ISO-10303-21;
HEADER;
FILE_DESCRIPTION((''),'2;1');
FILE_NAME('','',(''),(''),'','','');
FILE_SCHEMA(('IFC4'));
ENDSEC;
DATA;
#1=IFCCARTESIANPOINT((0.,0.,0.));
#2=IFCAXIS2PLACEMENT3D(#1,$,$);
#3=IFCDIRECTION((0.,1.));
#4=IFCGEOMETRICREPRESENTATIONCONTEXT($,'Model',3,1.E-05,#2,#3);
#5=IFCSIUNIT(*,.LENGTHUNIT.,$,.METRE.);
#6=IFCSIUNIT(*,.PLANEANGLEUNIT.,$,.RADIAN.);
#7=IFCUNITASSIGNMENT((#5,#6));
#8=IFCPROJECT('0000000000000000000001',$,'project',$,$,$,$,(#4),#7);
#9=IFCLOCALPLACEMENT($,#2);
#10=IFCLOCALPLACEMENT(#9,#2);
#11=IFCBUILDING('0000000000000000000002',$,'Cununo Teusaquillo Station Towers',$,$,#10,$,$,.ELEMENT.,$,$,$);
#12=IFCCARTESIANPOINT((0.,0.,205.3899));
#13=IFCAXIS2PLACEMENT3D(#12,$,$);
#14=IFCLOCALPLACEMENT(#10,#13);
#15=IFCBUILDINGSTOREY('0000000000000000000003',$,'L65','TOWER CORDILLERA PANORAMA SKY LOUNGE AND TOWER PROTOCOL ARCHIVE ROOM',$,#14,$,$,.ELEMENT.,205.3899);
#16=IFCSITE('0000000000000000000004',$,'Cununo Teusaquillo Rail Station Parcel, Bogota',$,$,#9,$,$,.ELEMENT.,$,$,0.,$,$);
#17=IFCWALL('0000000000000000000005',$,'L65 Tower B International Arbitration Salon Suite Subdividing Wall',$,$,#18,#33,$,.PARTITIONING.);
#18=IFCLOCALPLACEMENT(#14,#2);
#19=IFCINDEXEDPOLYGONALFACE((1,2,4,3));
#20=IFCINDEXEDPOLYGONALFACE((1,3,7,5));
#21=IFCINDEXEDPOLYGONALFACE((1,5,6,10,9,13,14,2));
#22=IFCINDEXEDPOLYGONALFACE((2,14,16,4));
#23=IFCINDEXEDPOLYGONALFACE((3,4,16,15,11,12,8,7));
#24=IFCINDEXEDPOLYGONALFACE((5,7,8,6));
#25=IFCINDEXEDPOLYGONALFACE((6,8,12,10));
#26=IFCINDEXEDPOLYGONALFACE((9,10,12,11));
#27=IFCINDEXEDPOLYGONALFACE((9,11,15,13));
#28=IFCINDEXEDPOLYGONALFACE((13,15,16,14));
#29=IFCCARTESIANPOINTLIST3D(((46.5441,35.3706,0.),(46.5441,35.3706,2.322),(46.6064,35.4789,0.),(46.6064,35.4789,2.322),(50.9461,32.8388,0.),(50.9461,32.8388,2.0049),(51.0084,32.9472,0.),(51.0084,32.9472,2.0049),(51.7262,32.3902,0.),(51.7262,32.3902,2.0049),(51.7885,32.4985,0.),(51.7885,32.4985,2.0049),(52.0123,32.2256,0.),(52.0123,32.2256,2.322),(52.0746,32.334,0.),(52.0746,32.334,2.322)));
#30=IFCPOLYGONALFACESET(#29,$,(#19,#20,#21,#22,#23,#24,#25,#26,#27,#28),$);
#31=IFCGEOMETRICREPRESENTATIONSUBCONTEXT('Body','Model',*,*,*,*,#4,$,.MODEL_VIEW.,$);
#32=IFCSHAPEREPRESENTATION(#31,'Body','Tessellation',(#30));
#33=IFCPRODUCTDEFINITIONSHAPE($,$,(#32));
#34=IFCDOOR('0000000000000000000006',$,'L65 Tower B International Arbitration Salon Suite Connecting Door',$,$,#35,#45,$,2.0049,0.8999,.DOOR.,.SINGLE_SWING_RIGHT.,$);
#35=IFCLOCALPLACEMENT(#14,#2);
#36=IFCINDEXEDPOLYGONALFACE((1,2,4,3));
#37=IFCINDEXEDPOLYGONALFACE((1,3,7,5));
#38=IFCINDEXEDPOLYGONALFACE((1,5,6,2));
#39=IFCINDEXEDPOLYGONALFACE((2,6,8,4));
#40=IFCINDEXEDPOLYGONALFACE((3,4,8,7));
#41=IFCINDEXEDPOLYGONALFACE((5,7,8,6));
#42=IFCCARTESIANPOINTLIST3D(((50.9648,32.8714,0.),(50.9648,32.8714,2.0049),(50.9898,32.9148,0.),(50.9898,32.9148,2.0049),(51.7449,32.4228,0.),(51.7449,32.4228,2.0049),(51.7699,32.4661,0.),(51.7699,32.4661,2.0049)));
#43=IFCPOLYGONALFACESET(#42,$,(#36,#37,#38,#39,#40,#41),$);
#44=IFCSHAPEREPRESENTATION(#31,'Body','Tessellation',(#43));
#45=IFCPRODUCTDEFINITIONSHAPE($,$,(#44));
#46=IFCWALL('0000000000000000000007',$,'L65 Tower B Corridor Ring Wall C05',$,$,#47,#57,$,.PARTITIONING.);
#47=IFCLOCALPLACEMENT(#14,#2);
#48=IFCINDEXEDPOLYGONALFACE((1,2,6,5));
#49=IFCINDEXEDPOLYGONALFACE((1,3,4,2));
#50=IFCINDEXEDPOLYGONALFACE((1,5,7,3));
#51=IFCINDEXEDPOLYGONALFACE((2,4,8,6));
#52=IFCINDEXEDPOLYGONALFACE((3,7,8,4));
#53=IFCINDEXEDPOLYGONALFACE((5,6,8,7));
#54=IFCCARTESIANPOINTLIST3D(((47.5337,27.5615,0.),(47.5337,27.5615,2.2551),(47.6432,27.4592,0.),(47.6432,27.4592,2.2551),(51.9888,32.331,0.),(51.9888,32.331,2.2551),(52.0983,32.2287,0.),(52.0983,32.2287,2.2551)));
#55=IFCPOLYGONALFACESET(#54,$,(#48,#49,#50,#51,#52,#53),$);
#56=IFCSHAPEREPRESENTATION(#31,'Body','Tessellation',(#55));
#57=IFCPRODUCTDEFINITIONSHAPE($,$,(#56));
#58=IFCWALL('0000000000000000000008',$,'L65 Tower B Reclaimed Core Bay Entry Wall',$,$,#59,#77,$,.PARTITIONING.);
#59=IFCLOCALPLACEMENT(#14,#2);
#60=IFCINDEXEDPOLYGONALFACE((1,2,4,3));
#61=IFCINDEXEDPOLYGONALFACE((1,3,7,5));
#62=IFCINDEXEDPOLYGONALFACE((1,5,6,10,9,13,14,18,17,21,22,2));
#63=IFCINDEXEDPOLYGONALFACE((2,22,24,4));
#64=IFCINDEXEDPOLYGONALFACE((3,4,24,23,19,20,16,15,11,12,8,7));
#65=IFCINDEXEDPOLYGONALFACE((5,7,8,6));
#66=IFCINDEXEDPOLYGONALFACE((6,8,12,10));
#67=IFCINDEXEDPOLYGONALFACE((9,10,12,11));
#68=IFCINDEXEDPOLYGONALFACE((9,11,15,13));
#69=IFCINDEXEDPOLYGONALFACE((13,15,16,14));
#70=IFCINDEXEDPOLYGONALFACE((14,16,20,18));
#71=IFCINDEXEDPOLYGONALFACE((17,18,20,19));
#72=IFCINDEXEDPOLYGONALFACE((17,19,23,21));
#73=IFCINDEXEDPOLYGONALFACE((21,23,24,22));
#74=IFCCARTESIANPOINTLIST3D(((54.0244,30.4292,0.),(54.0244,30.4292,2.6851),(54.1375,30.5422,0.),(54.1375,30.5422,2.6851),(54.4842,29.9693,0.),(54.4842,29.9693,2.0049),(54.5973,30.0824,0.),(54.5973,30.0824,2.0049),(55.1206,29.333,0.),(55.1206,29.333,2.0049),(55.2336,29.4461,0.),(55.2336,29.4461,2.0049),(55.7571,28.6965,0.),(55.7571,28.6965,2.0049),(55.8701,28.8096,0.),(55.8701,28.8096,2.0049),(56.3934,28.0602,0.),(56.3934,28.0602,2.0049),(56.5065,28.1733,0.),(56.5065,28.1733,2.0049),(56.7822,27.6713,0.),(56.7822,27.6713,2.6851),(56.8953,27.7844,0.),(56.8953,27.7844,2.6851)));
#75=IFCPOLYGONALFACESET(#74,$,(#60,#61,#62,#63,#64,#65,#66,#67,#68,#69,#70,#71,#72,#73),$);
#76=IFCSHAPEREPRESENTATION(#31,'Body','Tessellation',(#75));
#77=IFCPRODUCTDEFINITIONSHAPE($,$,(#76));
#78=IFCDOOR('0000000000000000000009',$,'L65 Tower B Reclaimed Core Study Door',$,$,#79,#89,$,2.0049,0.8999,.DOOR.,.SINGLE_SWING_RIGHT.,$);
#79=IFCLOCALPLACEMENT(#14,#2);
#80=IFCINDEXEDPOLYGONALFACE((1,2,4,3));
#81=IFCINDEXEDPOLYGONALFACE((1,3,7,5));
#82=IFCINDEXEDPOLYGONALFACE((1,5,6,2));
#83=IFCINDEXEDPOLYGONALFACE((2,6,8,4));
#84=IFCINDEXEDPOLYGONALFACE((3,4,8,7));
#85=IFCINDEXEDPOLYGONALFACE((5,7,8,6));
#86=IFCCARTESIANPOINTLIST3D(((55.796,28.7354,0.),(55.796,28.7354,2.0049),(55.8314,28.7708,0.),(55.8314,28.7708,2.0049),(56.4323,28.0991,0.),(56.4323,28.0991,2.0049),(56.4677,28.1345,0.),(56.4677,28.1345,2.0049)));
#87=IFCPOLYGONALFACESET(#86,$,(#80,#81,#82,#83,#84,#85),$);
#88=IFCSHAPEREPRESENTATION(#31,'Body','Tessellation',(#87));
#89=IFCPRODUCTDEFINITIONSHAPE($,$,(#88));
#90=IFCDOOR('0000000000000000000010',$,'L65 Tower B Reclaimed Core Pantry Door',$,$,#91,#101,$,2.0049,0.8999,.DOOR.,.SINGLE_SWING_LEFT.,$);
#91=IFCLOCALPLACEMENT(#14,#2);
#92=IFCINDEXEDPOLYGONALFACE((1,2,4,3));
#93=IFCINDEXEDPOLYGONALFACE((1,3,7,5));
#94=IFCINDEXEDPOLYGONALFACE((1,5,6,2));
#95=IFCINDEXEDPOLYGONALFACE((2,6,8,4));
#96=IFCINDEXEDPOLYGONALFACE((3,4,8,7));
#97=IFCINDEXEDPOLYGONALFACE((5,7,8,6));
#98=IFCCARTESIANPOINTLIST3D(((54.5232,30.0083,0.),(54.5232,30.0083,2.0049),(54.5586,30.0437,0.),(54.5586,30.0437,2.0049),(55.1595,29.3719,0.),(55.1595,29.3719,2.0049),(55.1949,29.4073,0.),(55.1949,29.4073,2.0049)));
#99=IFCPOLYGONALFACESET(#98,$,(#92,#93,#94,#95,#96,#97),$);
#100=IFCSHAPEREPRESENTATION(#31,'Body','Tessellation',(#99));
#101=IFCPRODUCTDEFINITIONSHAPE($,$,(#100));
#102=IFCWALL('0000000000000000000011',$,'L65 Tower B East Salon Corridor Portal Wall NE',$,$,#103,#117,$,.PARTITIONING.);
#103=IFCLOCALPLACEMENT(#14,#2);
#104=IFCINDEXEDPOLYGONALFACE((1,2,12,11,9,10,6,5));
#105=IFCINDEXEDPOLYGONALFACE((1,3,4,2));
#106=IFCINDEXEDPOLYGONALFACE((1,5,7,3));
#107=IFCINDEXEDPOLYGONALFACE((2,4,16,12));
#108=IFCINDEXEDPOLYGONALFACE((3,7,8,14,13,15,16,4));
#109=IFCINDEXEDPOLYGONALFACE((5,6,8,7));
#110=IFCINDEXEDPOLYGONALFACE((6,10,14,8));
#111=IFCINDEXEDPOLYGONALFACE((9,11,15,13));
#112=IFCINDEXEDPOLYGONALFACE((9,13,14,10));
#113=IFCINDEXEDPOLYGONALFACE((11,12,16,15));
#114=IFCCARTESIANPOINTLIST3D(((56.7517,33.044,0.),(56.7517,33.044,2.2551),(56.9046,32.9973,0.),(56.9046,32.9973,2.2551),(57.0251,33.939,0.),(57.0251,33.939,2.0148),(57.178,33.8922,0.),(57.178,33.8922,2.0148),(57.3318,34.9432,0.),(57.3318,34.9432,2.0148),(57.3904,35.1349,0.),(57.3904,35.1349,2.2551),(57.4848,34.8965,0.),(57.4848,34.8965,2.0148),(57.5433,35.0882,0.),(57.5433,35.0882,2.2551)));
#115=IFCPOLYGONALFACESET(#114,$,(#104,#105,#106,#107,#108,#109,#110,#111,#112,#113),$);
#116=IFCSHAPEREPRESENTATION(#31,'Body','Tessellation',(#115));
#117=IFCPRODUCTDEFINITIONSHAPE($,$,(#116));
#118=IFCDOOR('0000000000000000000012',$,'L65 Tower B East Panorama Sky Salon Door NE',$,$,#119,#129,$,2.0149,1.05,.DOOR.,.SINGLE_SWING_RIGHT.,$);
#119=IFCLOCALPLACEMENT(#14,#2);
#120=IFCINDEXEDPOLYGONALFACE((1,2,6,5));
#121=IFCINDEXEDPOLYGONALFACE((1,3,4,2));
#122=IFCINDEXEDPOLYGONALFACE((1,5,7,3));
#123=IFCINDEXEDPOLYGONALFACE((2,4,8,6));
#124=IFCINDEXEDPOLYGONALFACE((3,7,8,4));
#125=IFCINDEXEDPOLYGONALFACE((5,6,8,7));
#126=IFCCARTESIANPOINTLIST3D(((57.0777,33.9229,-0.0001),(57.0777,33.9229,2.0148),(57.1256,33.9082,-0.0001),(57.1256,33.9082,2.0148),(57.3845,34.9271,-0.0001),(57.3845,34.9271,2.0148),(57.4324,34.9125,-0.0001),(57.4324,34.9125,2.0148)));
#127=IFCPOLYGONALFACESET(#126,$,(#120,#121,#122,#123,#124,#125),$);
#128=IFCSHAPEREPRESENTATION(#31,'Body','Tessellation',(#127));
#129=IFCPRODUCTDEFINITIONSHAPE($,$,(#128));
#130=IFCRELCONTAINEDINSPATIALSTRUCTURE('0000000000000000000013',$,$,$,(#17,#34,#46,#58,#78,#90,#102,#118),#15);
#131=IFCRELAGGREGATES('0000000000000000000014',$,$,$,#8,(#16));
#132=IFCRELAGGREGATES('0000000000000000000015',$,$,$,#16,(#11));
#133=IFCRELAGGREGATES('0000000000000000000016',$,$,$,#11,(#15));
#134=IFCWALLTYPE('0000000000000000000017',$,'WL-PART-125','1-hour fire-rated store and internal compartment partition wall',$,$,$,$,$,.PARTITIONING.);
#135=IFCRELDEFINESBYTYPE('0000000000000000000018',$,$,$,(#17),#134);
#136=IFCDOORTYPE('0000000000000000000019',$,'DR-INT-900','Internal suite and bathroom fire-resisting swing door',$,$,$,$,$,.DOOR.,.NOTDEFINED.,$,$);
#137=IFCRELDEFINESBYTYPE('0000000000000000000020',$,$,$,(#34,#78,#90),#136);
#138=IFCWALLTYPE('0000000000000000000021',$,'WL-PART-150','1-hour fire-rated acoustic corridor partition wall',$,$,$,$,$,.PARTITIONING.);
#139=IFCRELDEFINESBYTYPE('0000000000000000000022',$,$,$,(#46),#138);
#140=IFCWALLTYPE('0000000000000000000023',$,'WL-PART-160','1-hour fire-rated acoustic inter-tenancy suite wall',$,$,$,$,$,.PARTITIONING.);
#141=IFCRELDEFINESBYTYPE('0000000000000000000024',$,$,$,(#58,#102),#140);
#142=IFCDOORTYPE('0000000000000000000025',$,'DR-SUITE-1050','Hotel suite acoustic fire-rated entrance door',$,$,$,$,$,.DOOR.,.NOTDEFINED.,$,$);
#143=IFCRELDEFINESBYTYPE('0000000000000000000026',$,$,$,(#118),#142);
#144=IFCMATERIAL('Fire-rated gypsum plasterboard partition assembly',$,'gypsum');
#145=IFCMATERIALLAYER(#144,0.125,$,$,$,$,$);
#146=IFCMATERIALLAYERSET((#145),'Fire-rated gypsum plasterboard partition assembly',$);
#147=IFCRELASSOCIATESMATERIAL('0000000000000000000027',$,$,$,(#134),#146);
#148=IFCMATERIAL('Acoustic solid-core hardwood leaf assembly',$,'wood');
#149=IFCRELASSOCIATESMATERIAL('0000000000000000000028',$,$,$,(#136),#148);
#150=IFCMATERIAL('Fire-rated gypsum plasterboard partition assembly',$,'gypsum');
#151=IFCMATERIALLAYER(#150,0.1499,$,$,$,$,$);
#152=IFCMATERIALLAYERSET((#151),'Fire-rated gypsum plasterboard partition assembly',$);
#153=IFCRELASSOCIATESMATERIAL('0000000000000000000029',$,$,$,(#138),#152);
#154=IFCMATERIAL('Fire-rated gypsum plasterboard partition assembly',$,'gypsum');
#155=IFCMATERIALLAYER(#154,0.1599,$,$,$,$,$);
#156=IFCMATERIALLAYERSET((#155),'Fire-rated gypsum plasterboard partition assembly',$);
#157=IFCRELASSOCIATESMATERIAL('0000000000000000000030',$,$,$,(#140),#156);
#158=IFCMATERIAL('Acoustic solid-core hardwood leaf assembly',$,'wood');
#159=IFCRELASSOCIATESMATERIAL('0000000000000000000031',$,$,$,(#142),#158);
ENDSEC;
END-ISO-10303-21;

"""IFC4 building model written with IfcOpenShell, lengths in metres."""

from ifc_helpers import new_model, si_unit, direction, frame, frame_2d, origin, place, context, subcontext, project, spatial, rectangle, extrude, source, transform, mapped, material, layer, layer_set, type_object, element, fill, save


model = new_model("IFC4")

# Units and contexts
model_context = context("Model", 3, precision=1e-05, world=origin(), true_north=direction((0.0, 1.0)))
body_context = subcontext(model_context, "Body", "Model", "MODEL_VIEW")
ifc_project = project(units=[si_unit("LENGTHUNIT", "METRE"), si_unit("PLANEANGLEUNIT", "RADIAN")], contexts=[model_context])

# Site, building, storey
site_placement = place(None, origin())
site = spatial("IfcSite", under=ifc_project, at=site_placement, Name="Cununo Teusaquillo Rail Station Parcel, Bogota", CompositionType="ELEMENT", RefElevation=0.0)
building_placement = place(site_placement, origin())
building = spatial("IfcBuilding", under=site, at=building_placement, Name="Cununo Teusaquillo Station Towers", CompositionType="ELEMENT")
storey_placement = place(building_placement, frame((0.0, 0.0, 205.3899)))
storey = spatial("IfcBuildingStorey", under=building, at=storey_placement, Name="L65", Description="TOWER CORDILLERA PANORAMA SKY LOUNGE AND TOWER PROTOCOL ARCHIVE ROOM", CompositionType="ELEMENT", Elevation=205.3899)

# Shared definitions
ifc_material_1 = material(Name="Fire-rated gypsum plasterboard partition assembly", Category="gypsum")
ifc_layer_1 = layer(ifc_material_1, 0.125)
ifc_layer_set_1 = layer_set([ifc_layer_1], Name="Fire-rated gypsum plasterboard partition assembly")
wall_type_1 = type_object("IfcWallType", Name="WL-PART-125", Description="1-hour fire-rated store and internal compartment partition wall", PredefinedType="PARTITIONING", material=ifc_layer_set_1)
shared_shape_1 = source(origin(), body_context, "Body", "SweptSolid", [
    extrude(rectangle(XDim=0.8999, YDim=2.0049, at=frame_2d((0.45, 1.0024))), frame((0.0, 0.0725, 0.0), z_axis=(0.0, -1.0, 0.0), x_axis=(1.0, 0.0, 0.0)), (0.0, 0.0, 1.0), 0.145),
])
shared_shape_2 = source(origin(), body_context, "Body", "SweptSolid", [
    extrude(rectangle(XDim=0.8999, YDim=2.0049, at=frame_2d((0.45, 1.0024))), frame((0.0, 0.0249, 0.0), z_axis=(0.0, -1.0, 0.0), x_axis=(1.0, 0.0, 0.0)), (0.0, 0.0, 1.0), 0.05),
])

# Wall, opening, door
wall_1_placement = place(storey_placement, frame((52.0435, 32.2798, 0.0), z_axis=(0.0, 0.0, 1.0), x_axis=(-0.866854, 0.498563, 0.0)))
wall_1 = element("IfcWall", 1, at=wall_1_placement, inside=storey, type_object=wall_type_1, Name="L65 Tower B International Arbitration Salon Suite Subdividing Wall", PredefinedType="PARTITIONING", context=body_context, shape_type="SweptSolid", body=[
    extrude(rectangle(XDim=6.3081, YDim=0.125, at=frame_2d((3.1541, 0.0))), origin(), (0.0, 0.0, 1.0), 2.322),
])
opening_1_placement = place(wall_1_placement, frame((0.3301, 0.0, 0.0)))
opening_1 = element("IfcOpeningElement", 2, at=opening_1_placement, cuts=wall_1, PredefinedType="OPENING", context=body_context, shape_type="MappedRepresentation", body=[
    mapped(shared_shape_1, transform((0.0, 0.0, 0.0), x_axis=(1.0, 0.0, 0.0), y_axis=(0.0, 1.0, 0.0), z_axis=(0.0, 0.0, 1.0), scale=1.0)),
])
ifc_material_2 = material(Name="Acoustic solid-core hardwood leaf assembly", Category="wood")
door_type_1 = type_object("IfcDoorType", Name="DR-INT-900", Description="Internal suite and bathroom fire-resisting swing door", OperationType="NOTDEFINED", PredefinedType="DOOR", material=ifc_material_2)
door_1_placement = place(opening_1_placement, origin())
door_1 = element("IfcDoor", 3, at=door_1_placement, inside=storey, type_object=door_type_1, Name="L65 Tower B International Arbitration Salon Suite Connecting Door", OperationType="SINGLE_SWING_RIGHT", OverallHeight=2.0049, OverallWidth=0.8999, PredefinedType="DOOR", context=body_context, shape_type="MappedRepresentation", body=[
    mapped(shared_shape_2, transform((0.0, 0.0, 0.0), x_axis=(1.0, 0.0, 0.0), y_axis=(0.0, 1.0, 0.0), z_axis=(0.0, 0.0, 1.0), scale=1.0)),
])
fill(opening_1, door_1)

# Wall
ifc_material_3 = material(Name="Fire-rated gypsum plasterboard partition assembly", Category="gypsum")
ifc_layer_2 = layer(ifc_material_3, 0.1499)
ifc_layer_set_2 = layer_set([ifc_layer_2], Name="Fire-rated gypsum plasterboard partition assembly")
wall_type_2 = type_object("IfcWallType", Name="WL-PART-150", Description="1-hour fire-rated acoustic corridor partition wall", PredefinedType="PARTITIONING", material=ifc_layer_set_2)
wall_2_placement = place(storey_placement, frame((52.0435, 32.2798, 0.0), z_axis=(0.0, 0.0, 1.0), x_axis=(-0.682606, -0.730787, 0.0)))
element("IfcWall", 4, at=wall_2_placement, inside=storey, type_object=wall_type_2, Name="L65 Tower B Corridor Ring Wall C05", PredefinedType="PARTITIONING", context=body_context, shape_type="SweptSolid", body=[
    extrude(rectangle(XDim=6.5266, YDim=0.1499, at=frame_2d((3.2632, 0.0))), origin(), (0.0, 0.0, 1.0), 2.2551),
])

# Wall, openings, doors
ifc_material_4 = material(Name="Fire-rated gypsum plasterboard partition assembly", Category="gypsum")
ifc_layer_3 = layer(ifc_material_4, 0.1599)
ifc_layer_set_3 = layer_set([ifc_layer_3], Name="Fire-rated gypsum plasterboard partition assembly")
wall_type_3 = type_object("IfcWallType", Name="WL-PART-160", Description="1-hour fire-rated acoustic inter-tenancy suite wall", PredefinedType="PARTITIONING", material=ifc_layer_set_3)
wall_3_placement = place(storey_placement, frame((56.8389, 27.7278, 0.0), z_axis=(0.0, 0.0, 1.0), x_axis=(-0.707107, 0.707107, 0.0)))
wall_3 = element("IfcWall", 5, at=wall_3_placement, inside=storey, type_object=wall_type_3, Name="L65 Tower B Reclaimed Core Bay Entry Wall", PredefinedType="PARTITIONING", context=body_context, shape_type="SweptSolid", body=[
    extrude(rectangle(XDim=3.9001, YDim=0.1599, at=frame_2d((1.9502, 0.0))), origin(), (0.0, 0.0, 1.0), 2.6851),
])
shared_shape_3 = source(origin(), body_context, "Body", "SweptSolid", [
    extrude(rectangle(XDim=0.8999, YDim=2.0049, at=frame_2d((0.45, 1.0024))), frame((0.0, 0.0898, 0.0), z_axis=(0.0, -1.0, 0.0), x_axis=(1.0, 0.0, 0.0)), (0.0, 0.0, 1.0), 0.1799),
])
opening_2_placement = place(wall_3_placement, frame((0.55, 0.0, 0.0)))
opening_2 = element("IfcOpeningElement", 6, at=opening_2_placement, cuts=wall_3, PredefinedType="OPENING", context=body_context, shape_type="MappedRepresentation", body=[
    mapped(shared_shape_3, transform((0.0, 0.0, 0.0), x_axis=(1.0, 0.0, 0.0), y_axis=(0.0, 1.0, 0.0), z_axis=(0.0, 0.0, 1.0), scale=1.0)),
])
opening_3_placement = place(wall_3_placement, frame((2.3501, 0.0, 0.0)))
opening_3 = element("IfcOpeningElement", 7, at=opening_3_placement, cuts=wall_3, PredefinedType="OPENING", context=body_context, shape_type="MappedRepresentation", body=[
    mapped(shared_shape_3, transform((0.0, 0.0, 0.0), x_axis=(1.0, 0.0, 0.0), y_axis=(0.0, 1.0, 0.0), z_axis=(0.0, 0.0, 1.0), scale=1.0)),
])
door_2_placement = place(opening_2_placement, origin())
door_2 = element("IfcDoor", 8, at=door_2_placement, inside=storey, type_object=door_type_1, Name="L65 Tower B Reclaimed Core Study Door", OperationType="SINGLE_SWING_RIGHT", OverallHeight=2.0049, OverallWidth=0.8999, PredefinedType="DOOR", context=body_context, shape_type="MappedRepresentation", body=[
    mapped(shared_shape_2, transform((0.0, 0.0, 0.0), x_axis=(1.0, 0.0, 0.0), y_axis=(0.0, 1.0, 0.0), z_axis=(0.0, 0.0, 1.0), scale=1.0)),
])
fill(opening_2, door_2)
door_3_placement = place(opening_3_placement, origin())
door_3 = element("IfcDoor", 9, at=door_3_placement, inside=storey, type_object=door_type_1, Name="L65 Tower B Reclaimed Core Pantry Door", OperationType="SINGLE_SWING_LEFT", OverallHeight=2.0049, OverallWidth=0.8999, PredefinedType="DOOR", context=body_context, shape_type="MappedRepresentation", body=[
    mapped(shared_shape_2, transform((0.0, 0.0, 0.0), x_axis=(1.0, 0.0, 0.0), y_axis=(0.0, 1.0, 0.0), z_axis=(0.0, 0.0, 1.0), scale=1.0)),
])
fill(opening_3, door_3)

# Wall, opening, door
wall_4_placement = place(storey_placement, frame((56.8281, 33.0205, 0.0), z_axis=(0.0, 0.0, 1.0), x_axis=(0.292139, 0.956376, 0.0)))
wall_4 = element("IfcWall", 10, at=wall_4_placement, inside=storey, type_object=wall_type_3, Name="L65 Tower B East Salon Corridor Portal Wall NE", PredefinedType="PARTITIONING", context=body_context, shape_type="SweptSolid", body=[
    extrude(rectangle(XDim=2.1863, YDim=0.1599, at=frame_2d((1.0933, 0.0))), origin(), (0.0, 0.0, 1.0), 2.2551),
])
shared_shape_4 = source(origin(), body_context, "Body", "SweptSolid", [
    extrude(rectangle(XDim=1.05, YDim=2.0149, at=frame_2d((0.5249, 1.0073))), frame((0.0, 0.0898, 0.0), z_axis=(0.0, -1.0, 0.0), x_axis=(1.0, 0.0, 0.0)), (0.0, 0.0, 1.0), 0.1799),
])
opening_4_placement = place(wall_4_placement, frame((0.936, 0.0, 0.0)))
opening_4 = element("IfcOpeningElement", 11, at=opening_4_placement, cuts=wall_4, PredefinedType="OPENING", context=body_context, shape_type="MappedRepresentation", body=[
    mapped(shared_shape_4, transform((0.0, 0.0, 0.0), x_axis=(1.0, 0.0, 0.0), y_axis=(0.0, 1.0, 0.0), z_axis=(0.0, 0.0, 1.0), scale=1.0)),
])
ifc_material_5 = material(Name="Acoustic solid-core hardwood leaf assembly", Category="wood")
door_type_2 = type_object("IfcDoorType", Name="DR-SUITE-1050", Description="Hotel suite acoustic fire-rated entrance door", OperationType="NOTDEFINED", PredefinedType="DOOR", material=ifc_material_5)
shared_shape_5 = source(origin(), body_context, "Body", "SweptSolid", [
    extrude(rectangle(XDim=1.05, YDim=2.0149, at=frame_2d((0.5249, 1.0073))), frame((0.0, 0.0249, 0.0), z_axis=(0.0, -1.0, 0.0), x_axis=(1.0, 0.0, 0.0)), (0.0, 0.0, 1.0), 0.05),
])
door_4_placement = place(opening_4_placement, origin())
door_4 = element("IfcDoor", 12, at=door_4_placement, inside=storey, type_object=door_type_2, Name="L65 Tower B East Panorama Sky Salon Door NE", OperationType="SINGLE_SWING_RIGHT", OverallHeight=2.0149, OverallWidth=1.05, PredefinedType="DOOR", context=body_context, shape_type="MappedRepresentation", body=[
    mapped(shared_shape_5, transform((0.0, 0.0, 0.0), x_axis=(1.0, 0.0, 0.0), y_axis=(0.0, 1.0, 0.0), z_axis=(0.0, 0.0, 1.0), scale=1.0)),
])
fill(opening_4, door_4)

save(model, "model.ifc")
